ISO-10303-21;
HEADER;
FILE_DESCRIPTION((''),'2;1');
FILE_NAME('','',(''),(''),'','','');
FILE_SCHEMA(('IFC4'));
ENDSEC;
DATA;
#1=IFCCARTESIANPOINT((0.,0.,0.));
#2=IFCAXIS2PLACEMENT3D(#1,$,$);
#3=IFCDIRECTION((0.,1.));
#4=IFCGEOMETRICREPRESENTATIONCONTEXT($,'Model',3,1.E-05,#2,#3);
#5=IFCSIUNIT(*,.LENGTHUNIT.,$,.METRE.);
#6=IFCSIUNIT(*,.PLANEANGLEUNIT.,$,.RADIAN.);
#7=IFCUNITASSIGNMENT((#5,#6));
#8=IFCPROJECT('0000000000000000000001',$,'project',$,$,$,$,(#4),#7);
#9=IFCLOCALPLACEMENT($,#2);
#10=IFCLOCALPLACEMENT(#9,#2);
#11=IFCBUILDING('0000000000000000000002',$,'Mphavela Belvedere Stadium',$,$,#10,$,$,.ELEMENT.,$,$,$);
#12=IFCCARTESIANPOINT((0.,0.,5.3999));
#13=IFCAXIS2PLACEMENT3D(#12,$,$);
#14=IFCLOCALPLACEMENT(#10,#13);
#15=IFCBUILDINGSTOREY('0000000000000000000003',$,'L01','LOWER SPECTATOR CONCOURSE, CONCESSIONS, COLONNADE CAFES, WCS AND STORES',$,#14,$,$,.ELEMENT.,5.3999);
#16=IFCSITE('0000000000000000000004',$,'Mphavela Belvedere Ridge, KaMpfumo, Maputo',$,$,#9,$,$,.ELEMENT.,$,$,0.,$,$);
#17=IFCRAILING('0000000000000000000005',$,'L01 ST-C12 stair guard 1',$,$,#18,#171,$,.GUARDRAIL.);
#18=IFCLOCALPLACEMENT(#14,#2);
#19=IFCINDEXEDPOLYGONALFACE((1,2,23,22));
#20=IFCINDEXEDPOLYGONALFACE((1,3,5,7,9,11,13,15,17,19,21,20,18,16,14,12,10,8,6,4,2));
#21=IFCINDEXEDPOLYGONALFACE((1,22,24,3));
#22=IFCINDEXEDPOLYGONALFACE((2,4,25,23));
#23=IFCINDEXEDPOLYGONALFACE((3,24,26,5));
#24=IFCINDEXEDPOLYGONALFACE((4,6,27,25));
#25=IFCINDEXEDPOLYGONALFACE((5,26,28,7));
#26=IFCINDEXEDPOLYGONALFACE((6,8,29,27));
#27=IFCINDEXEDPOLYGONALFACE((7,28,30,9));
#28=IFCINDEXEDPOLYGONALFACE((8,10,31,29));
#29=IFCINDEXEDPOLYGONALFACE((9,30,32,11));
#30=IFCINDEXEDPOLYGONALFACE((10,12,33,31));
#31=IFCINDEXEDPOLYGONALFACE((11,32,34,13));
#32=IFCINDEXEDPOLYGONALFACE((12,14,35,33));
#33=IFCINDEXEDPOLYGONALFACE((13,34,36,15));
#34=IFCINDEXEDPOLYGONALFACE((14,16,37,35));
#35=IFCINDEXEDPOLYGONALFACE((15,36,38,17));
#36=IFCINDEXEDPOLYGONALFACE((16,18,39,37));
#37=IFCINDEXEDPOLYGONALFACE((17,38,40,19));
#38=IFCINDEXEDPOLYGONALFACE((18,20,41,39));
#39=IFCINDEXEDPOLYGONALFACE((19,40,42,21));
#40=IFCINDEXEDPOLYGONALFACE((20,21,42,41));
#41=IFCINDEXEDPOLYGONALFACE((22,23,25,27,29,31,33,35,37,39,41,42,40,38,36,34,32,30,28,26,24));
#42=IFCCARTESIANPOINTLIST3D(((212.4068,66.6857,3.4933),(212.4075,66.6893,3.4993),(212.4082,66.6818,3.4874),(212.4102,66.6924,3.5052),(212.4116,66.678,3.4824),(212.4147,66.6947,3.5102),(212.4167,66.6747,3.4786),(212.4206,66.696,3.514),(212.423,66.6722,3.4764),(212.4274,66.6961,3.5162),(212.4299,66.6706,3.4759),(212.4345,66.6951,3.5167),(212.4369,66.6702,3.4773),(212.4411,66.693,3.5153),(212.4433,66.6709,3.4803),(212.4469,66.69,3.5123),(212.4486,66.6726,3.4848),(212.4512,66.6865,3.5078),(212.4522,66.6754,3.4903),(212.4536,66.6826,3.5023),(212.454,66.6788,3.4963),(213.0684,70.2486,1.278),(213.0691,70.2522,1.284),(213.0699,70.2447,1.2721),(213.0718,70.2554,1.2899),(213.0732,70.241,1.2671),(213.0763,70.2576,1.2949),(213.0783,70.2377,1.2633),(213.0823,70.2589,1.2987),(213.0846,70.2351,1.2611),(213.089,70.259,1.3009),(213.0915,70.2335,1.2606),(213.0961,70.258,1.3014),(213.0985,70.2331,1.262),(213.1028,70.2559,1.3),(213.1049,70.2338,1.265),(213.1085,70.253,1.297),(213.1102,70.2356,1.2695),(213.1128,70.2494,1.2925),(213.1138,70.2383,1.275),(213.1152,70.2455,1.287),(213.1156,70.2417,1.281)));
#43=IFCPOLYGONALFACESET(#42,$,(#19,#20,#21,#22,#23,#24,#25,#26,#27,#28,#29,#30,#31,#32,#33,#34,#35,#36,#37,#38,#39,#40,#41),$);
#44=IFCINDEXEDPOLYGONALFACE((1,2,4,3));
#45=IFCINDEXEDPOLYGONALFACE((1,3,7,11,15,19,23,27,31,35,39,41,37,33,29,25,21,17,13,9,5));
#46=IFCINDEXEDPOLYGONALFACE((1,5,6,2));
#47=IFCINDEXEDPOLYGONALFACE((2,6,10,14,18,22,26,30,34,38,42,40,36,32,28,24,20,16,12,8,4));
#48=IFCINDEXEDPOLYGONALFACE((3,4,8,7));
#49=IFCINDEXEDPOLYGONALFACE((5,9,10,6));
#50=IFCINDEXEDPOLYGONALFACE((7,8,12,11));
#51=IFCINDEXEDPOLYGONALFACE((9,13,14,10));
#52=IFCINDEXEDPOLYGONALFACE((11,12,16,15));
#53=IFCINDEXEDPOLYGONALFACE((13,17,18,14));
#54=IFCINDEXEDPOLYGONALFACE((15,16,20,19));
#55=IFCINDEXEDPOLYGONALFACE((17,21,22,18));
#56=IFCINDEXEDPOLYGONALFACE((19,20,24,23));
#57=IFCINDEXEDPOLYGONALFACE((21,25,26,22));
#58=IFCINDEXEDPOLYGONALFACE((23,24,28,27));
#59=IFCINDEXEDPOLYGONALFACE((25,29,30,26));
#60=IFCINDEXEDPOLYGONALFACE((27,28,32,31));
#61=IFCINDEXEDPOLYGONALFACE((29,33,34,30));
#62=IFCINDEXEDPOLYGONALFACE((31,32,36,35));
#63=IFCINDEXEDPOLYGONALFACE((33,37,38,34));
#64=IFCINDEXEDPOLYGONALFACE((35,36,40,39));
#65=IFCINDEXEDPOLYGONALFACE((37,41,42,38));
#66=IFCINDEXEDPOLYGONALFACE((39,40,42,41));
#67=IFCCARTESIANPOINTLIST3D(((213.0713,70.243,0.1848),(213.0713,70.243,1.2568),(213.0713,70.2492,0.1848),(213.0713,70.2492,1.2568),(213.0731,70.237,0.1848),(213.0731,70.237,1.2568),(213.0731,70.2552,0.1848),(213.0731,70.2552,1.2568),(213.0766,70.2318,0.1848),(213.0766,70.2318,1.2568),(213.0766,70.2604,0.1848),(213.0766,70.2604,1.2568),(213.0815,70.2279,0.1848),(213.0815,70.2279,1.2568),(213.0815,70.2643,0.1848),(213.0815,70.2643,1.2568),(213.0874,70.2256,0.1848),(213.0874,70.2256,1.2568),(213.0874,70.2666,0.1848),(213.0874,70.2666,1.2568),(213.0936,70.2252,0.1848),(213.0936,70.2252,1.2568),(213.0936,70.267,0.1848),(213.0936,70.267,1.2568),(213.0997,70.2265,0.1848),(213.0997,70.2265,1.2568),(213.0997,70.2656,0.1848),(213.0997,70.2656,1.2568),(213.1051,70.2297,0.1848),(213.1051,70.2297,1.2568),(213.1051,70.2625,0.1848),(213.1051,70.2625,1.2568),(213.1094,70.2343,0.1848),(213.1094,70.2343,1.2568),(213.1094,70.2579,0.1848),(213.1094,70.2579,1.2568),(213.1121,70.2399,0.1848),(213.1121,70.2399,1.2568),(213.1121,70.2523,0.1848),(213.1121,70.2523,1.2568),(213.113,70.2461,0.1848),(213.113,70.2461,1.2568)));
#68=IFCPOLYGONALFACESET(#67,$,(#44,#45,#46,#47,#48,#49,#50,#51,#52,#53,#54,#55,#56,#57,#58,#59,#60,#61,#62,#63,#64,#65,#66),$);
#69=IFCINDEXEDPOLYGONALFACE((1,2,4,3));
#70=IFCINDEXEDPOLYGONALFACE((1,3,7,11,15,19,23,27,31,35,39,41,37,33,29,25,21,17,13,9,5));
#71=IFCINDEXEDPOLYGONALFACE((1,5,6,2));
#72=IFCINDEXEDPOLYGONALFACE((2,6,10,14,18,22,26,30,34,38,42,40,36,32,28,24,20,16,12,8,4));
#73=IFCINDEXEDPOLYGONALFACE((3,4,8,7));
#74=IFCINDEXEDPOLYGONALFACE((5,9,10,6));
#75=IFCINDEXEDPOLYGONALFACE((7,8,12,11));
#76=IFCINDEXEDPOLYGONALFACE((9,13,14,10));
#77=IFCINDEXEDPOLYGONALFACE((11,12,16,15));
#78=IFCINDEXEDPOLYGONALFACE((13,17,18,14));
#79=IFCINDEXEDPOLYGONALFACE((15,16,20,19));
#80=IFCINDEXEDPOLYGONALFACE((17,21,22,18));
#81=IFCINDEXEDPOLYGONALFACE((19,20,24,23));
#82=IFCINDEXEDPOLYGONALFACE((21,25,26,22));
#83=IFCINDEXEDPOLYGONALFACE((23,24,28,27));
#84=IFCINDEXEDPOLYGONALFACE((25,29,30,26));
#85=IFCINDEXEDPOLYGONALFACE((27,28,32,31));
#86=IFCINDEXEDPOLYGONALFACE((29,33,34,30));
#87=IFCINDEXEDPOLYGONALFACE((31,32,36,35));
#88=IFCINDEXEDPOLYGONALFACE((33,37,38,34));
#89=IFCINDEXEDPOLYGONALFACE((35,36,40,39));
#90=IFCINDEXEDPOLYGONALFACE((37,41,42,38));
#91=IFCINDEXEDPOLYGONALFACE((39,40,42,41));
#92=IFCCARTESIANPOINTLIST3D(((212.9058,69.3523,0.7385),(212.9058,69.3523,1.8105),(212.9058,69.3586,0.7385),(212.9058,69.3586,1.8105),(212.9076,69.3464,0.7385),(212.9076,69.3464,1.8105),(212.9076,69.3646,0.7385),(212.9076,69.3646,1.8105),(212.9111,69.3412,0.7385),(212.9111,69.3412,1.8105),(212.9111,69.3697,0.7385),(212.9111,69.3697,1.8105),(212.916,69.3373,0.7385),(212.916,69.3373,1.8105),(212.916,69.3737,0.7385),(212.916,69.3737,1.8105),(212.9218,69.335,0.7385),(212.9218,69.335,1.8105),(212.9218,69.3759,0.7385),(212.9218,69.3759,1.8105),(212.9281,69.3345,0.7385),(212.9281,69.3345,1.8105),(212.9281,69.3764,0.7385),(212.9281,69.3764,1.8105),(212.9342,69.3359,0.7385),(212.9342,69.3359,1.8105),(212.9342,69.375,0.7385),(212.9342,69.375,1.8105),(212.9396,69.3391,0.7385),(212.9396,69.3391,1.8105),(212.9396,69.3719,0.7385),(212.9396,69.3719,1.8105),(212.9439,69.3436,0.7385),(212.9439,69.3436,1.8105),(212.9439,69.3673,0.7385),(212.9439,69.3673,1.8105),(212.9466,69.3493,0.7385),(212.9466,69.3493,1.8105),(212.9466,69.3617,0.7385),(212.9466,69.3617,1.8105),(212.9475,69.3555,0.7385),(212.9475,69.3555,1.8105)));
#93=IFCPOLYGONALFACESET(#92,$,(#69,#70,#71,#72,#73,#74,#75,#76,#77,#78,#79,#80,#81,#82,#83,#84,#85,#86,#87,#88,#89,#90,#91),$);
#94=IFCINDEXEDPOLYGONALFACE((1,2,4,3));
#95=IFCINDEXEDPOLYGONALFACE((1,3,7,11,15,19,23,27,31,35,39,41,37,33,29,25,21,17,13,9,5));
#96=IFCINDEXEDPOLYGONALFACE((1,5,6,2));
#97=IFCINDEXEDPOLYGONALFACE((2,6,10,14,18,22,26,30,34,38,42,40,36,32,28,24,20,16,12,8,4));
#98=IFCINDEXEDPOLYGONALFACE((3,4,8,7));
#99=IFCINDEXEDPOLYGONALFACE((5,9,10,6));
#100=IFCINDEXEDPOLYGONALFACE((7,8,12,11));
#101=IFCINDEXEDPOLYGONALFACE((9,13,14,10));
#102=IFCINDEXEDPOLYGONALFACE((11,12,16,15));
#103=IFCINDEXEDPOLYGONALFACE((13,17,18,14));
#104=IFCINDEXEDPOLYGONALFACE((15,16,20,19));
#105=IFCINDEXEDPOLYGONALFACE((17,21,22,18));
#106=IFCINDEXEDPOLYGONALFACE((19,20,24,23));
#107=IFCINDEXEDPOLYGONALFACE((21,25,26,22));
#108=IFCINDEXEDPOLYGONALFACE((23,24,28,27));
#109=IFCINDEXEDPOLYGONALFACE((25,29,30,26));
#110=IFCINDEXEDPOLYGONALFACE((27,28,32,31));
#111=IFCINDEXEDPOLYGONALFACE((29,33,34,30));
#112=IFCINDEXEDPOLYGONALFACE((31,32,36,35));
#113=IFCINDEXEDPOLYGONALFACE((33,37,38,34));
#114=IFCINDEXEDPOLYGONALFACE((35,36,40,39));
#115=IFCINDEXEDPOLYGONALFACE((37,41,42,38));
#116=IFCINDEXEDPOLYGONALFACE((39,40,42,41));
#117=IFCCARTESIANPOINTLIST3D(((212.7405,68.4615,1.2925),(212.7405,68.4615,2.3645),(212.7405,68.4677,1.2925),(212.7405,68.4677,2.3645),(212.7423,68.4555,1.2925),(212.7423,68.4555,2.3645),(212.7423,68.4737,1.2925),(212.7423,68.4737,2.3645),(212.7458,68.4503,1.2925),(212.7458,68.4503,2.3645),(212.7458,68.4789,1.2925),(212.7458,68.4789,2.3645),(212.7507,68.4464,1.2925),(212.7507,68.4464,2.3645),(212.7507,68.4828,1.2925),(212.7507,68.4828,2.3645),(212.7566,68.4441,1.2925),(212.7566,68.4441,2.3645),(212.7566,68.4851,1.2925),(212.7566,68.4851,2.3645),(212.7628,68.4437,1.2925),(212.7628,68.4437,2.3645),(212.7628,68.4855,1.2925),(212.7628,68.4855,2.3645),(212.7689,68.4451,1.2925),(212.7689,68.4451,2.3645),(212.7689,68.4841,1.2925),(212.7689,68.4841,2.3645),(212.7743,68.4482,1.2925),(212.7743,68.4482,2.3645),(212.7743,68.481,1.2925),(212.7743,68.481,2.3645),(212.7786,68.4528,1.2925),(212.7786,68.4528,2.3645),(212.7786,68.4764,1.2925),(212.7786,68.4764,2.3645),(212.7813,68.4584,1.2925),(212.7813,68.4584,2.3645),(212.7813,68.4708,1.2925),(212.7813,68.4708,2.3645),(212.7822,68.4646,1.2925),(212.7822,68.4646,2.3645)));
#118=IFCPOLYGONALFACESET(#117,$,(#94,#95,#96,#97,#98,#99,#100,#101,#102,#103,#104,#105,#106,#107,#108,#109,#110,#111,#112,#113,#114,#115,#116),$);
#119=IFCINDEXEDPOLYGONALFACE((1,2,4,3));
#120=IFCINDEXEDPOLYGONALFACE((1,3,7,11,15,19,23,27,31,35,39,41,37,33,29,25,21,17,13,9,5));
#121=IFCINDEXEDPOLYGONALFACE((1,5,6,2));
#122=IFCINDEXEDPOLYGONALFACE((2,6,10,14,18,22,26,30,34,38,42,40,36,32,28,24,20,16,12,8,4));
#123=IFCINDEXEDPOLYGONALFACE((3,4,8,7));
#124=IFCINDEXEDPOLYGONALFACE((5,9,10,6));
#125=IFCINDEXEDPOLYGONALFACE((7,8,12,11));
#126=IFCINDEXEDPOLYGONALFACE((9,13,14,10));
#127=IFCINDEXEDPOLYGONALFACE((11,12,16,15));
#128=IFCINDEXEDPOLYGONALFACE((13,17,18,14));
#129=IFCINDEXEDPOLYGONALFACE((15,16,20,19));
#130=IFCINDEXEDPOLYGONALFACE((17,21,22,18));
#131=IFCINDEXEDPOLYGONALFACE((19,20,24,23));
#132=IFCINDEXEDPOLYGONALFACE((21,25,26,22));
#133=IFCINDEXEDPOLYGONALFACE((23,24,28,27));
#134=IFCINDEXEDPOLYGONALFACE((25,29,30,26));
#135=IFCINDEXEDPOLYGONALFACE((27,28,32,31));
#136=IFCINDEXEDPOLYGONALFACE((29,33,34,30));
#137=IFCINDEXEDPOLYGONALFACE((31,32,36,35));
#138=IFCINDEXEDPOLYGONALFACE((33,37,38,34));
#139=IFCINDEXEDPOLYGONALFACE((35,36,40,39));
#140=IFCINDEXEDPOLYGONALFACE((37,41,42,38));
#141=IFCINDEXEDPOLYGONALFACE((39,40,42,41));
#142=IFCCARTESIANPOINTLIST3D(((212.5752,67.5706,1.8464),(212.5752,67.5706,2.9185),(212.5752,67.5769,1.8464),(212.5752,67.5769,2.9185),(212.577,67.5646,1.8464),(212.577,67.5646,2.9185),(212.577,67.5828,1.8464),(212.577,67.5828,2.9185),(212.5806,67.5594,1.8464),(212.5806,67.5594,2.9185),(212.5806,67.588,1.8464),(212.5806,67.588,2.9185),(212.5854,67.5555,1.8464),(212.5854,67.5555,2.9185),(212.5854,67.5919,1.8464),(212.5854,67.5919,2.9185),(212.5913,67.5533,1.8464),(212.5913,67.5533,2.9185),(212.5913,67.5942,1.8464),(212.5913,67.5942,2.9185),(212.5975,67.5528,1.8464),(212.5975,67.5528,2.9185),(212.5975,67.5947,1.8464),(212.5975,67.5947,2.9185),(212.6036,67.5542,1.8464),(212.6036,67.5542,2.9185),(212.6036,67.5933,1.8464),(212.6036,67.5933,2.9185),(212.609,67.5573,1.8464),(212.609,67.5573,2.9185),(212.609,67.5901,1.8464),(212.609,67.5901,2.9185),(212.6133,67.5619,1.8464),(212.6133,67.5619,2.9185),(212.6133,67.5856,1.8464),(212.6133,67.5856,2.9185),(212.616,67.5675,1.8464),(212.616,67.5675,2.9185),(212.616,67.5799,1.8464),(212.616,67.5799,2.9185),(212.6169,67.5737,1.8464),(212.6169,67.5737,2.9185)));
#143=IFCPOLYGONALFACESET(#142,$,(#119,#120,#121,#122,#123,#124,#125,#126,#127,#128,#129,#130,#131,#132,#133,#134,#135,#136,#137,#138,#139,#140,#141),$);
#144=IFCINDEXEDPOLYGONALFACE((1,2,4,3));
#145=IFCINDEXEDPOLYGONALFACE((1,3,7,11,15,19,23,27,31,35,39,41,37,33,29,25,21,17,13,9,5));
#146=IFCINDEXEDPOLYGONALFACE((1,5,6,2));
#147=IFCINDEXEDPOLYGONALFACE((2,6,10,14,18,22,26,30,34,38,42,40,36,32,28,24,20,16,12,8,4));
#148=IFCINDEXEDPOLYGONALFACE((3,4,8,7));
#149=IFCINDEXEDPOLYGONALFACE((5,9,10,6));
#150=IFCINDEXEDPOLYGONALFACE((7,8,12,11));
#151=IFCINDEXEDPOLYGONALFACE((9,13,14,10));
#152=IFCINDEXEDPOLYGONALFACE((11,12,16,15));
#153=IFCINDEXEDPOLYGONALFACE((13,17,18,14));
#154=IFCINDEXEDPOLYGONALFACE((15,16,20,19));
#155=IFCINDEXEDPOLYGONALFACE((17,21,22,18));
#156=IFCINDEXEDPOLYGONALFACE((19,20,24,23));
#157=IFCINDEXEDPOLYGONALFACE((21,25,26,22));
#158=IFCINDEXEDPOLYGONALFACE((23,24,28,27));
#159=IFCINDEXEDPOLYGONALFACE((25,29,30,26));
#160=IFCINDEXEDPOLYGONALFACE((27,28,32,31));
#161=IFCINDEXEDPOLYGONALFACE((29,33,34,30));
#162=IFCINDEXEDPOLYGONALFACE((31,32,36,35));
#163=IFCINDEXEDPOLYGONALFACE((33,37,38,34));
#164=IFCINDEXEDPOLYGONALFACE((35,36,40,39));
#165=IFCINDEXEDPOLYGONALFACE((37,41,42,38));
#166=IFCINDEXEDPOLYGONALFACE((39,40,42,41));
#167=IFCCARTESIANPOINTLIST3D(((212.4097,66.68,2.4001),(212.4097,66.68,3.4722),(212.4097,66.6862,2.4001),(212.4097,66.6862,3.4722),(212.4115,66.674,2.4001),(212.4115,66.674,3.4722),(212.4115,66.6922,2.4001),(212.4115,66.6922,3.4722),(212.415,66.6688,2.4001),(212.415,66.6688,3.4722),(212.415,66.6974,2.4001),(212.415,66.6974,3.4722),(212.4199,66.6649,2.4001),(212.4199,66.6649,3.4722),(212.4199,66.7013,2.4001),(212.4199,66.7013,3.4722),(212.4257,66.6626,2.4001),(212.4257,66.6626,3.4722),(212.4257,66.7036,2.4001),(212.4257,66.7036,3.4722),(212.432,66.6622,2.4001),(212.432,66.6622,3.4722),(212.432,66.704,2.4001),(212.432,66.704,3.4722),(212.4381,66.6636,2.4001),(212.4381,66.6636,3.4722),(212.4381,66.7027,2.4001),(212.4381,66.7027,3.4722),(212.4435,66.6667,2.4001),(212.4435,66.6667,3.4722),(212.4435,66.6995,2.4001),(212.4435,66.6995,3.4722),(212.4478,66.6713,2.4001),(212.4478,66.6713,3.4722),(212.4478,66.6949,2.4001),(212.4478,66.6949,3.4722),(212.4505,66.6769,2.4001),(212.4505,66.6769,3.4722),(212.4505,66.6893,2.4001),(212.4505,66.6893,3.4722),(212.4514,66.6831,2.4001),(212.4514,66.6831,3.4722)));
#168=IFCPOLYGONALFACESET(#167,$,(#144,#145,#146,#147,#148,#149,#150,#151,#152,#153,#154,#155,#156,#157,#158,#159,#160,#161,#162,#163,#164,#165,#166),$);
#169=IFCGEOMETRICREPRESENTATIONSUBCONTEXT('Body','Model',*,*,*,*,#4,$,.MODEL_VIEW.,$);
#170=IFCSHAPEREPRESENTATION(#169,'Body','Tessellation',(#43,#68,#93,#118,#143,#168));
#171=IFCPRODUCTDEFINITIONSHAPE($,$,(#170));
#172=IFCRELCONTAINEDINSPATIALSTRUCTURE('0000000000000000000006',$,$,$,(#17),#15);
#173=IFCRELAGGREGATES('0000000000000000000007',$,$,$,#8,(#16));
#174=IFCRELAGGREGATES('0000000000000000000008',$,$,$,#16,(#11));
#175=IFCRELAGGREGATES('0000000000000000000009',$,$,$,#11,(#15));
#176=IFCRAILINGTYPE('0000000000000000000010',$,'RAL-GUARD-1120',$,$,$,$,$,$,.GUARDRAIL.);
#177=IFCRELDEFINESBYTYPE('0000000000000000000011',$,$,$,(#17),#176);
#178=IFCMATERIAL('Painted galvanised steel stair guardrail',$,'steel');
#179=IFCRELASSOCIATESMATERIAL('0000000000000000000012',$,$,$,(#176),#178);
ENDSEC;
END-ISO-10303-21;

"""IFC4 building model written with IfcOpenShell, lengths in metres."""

from ifc_helpers import new_model, si_unit, direction, frame, origin, origin_2d, place, context, subcontext, project, spatial, circle, extrude, material, type_object, element, save


model = new_model("IFC4")

# Units and contexts
model_context = context("Model", 3, precision=1e-05, world=origin(), true_north=direction((0.0, 1.0)))
body_context = subcontext(model_context, "Body", "Model", "MODEL_VIEW")
ifc_project = project(units=[si_unit("LENGTHUNIT", "METRE"), si_unit("PLANEANGLEUNIT", "RADIAN")], contexts=[model_context])

# Site, building, storey
site_placement = place(None, origin())
site = spatial("IfcSite", under=ifc_project, at=site_placement, Name="Mphavela Belvedere Ridge, KaMpfumo, Maputo", CompositionType="ELEMENT", RefElevation=0.0)
building_placement = place(site_placement, origin())
building = spatial("IfcBuilding", under=site, at=building_placement, Name="Mphavela Belvedere Stadium", CompositionType="ELEMENT")
storey_placement = place(building_placement, frame((0.0, 0.0, 5.3999)))
storey = spatial("IfcBuildingStorey", under=building, at=storey_placement, Name="L01", Description="LOWER SPECTATOR CONCOURSE, CONCESSIONS, COLONNADE CAFES, WCS AND STORES", CompositionType="ELEMENT", Elevation=5.3999)

# Railing
ifc_material_1 = material(Name="Painted galvanised steel stair guardrail", Category="steel")
railing_type_1 = type_object("IfcRailingType", Name="RAL-GUARD-1120", PredefinedType="GUARDRAIL", material=ifc_material_1)
railing_1_placement = place(storey_placement, frame((213.092, 70.2461, 0.1848)))
element("IfcRailing", 1, at=railing_1_placement, inside=storey, type_object=railing_type_1, Name="L01 ST-C12 stair guard 1", PredefinedType="GUARDRAIL", context=body_context, shape_type="SweptSolid", body=[
    extrude(circle(Radius=0.0239, at=origin_2d()), frame((0.0, 0.0, 1.0962), z_axis=(-0.155771, -0.838865, 0.521575), x_axis=(0.983193, -0.182572, 0.0)), (0.0, 0.0, 1.0), 4.2473),
    extrude(circle(Radius=0.021, at=origin_2d()), origin(), (0.0, 0.0, 1.0), 1.072),
    extrude(circle(Radius=0.021, at=origin_2d()), frame((-0.1655, -0.8906, 0.5537)), (0.0, 0.0, 1.0), 1.072),
    extrude(circle(Radius=0.021, at=origin_2d()), frame((-0.3308, -1.7815, 1.1077)), (0.0, 0.0, 1.0), 1.072),
    extrude(circle(Radius=0.021, at=origin_2d()), frame((-0.4961, -2.6724, 1.6616)), (0.0, 0.0, 1.0), 1.072),
    extrude(circle(Radius=0.021, at=origin_2d()), frame((-0.6616, -3.563, 2.2153)), (0.0, 0.0, 1.0), 1.072),
])

save(model, "model.ifc")
